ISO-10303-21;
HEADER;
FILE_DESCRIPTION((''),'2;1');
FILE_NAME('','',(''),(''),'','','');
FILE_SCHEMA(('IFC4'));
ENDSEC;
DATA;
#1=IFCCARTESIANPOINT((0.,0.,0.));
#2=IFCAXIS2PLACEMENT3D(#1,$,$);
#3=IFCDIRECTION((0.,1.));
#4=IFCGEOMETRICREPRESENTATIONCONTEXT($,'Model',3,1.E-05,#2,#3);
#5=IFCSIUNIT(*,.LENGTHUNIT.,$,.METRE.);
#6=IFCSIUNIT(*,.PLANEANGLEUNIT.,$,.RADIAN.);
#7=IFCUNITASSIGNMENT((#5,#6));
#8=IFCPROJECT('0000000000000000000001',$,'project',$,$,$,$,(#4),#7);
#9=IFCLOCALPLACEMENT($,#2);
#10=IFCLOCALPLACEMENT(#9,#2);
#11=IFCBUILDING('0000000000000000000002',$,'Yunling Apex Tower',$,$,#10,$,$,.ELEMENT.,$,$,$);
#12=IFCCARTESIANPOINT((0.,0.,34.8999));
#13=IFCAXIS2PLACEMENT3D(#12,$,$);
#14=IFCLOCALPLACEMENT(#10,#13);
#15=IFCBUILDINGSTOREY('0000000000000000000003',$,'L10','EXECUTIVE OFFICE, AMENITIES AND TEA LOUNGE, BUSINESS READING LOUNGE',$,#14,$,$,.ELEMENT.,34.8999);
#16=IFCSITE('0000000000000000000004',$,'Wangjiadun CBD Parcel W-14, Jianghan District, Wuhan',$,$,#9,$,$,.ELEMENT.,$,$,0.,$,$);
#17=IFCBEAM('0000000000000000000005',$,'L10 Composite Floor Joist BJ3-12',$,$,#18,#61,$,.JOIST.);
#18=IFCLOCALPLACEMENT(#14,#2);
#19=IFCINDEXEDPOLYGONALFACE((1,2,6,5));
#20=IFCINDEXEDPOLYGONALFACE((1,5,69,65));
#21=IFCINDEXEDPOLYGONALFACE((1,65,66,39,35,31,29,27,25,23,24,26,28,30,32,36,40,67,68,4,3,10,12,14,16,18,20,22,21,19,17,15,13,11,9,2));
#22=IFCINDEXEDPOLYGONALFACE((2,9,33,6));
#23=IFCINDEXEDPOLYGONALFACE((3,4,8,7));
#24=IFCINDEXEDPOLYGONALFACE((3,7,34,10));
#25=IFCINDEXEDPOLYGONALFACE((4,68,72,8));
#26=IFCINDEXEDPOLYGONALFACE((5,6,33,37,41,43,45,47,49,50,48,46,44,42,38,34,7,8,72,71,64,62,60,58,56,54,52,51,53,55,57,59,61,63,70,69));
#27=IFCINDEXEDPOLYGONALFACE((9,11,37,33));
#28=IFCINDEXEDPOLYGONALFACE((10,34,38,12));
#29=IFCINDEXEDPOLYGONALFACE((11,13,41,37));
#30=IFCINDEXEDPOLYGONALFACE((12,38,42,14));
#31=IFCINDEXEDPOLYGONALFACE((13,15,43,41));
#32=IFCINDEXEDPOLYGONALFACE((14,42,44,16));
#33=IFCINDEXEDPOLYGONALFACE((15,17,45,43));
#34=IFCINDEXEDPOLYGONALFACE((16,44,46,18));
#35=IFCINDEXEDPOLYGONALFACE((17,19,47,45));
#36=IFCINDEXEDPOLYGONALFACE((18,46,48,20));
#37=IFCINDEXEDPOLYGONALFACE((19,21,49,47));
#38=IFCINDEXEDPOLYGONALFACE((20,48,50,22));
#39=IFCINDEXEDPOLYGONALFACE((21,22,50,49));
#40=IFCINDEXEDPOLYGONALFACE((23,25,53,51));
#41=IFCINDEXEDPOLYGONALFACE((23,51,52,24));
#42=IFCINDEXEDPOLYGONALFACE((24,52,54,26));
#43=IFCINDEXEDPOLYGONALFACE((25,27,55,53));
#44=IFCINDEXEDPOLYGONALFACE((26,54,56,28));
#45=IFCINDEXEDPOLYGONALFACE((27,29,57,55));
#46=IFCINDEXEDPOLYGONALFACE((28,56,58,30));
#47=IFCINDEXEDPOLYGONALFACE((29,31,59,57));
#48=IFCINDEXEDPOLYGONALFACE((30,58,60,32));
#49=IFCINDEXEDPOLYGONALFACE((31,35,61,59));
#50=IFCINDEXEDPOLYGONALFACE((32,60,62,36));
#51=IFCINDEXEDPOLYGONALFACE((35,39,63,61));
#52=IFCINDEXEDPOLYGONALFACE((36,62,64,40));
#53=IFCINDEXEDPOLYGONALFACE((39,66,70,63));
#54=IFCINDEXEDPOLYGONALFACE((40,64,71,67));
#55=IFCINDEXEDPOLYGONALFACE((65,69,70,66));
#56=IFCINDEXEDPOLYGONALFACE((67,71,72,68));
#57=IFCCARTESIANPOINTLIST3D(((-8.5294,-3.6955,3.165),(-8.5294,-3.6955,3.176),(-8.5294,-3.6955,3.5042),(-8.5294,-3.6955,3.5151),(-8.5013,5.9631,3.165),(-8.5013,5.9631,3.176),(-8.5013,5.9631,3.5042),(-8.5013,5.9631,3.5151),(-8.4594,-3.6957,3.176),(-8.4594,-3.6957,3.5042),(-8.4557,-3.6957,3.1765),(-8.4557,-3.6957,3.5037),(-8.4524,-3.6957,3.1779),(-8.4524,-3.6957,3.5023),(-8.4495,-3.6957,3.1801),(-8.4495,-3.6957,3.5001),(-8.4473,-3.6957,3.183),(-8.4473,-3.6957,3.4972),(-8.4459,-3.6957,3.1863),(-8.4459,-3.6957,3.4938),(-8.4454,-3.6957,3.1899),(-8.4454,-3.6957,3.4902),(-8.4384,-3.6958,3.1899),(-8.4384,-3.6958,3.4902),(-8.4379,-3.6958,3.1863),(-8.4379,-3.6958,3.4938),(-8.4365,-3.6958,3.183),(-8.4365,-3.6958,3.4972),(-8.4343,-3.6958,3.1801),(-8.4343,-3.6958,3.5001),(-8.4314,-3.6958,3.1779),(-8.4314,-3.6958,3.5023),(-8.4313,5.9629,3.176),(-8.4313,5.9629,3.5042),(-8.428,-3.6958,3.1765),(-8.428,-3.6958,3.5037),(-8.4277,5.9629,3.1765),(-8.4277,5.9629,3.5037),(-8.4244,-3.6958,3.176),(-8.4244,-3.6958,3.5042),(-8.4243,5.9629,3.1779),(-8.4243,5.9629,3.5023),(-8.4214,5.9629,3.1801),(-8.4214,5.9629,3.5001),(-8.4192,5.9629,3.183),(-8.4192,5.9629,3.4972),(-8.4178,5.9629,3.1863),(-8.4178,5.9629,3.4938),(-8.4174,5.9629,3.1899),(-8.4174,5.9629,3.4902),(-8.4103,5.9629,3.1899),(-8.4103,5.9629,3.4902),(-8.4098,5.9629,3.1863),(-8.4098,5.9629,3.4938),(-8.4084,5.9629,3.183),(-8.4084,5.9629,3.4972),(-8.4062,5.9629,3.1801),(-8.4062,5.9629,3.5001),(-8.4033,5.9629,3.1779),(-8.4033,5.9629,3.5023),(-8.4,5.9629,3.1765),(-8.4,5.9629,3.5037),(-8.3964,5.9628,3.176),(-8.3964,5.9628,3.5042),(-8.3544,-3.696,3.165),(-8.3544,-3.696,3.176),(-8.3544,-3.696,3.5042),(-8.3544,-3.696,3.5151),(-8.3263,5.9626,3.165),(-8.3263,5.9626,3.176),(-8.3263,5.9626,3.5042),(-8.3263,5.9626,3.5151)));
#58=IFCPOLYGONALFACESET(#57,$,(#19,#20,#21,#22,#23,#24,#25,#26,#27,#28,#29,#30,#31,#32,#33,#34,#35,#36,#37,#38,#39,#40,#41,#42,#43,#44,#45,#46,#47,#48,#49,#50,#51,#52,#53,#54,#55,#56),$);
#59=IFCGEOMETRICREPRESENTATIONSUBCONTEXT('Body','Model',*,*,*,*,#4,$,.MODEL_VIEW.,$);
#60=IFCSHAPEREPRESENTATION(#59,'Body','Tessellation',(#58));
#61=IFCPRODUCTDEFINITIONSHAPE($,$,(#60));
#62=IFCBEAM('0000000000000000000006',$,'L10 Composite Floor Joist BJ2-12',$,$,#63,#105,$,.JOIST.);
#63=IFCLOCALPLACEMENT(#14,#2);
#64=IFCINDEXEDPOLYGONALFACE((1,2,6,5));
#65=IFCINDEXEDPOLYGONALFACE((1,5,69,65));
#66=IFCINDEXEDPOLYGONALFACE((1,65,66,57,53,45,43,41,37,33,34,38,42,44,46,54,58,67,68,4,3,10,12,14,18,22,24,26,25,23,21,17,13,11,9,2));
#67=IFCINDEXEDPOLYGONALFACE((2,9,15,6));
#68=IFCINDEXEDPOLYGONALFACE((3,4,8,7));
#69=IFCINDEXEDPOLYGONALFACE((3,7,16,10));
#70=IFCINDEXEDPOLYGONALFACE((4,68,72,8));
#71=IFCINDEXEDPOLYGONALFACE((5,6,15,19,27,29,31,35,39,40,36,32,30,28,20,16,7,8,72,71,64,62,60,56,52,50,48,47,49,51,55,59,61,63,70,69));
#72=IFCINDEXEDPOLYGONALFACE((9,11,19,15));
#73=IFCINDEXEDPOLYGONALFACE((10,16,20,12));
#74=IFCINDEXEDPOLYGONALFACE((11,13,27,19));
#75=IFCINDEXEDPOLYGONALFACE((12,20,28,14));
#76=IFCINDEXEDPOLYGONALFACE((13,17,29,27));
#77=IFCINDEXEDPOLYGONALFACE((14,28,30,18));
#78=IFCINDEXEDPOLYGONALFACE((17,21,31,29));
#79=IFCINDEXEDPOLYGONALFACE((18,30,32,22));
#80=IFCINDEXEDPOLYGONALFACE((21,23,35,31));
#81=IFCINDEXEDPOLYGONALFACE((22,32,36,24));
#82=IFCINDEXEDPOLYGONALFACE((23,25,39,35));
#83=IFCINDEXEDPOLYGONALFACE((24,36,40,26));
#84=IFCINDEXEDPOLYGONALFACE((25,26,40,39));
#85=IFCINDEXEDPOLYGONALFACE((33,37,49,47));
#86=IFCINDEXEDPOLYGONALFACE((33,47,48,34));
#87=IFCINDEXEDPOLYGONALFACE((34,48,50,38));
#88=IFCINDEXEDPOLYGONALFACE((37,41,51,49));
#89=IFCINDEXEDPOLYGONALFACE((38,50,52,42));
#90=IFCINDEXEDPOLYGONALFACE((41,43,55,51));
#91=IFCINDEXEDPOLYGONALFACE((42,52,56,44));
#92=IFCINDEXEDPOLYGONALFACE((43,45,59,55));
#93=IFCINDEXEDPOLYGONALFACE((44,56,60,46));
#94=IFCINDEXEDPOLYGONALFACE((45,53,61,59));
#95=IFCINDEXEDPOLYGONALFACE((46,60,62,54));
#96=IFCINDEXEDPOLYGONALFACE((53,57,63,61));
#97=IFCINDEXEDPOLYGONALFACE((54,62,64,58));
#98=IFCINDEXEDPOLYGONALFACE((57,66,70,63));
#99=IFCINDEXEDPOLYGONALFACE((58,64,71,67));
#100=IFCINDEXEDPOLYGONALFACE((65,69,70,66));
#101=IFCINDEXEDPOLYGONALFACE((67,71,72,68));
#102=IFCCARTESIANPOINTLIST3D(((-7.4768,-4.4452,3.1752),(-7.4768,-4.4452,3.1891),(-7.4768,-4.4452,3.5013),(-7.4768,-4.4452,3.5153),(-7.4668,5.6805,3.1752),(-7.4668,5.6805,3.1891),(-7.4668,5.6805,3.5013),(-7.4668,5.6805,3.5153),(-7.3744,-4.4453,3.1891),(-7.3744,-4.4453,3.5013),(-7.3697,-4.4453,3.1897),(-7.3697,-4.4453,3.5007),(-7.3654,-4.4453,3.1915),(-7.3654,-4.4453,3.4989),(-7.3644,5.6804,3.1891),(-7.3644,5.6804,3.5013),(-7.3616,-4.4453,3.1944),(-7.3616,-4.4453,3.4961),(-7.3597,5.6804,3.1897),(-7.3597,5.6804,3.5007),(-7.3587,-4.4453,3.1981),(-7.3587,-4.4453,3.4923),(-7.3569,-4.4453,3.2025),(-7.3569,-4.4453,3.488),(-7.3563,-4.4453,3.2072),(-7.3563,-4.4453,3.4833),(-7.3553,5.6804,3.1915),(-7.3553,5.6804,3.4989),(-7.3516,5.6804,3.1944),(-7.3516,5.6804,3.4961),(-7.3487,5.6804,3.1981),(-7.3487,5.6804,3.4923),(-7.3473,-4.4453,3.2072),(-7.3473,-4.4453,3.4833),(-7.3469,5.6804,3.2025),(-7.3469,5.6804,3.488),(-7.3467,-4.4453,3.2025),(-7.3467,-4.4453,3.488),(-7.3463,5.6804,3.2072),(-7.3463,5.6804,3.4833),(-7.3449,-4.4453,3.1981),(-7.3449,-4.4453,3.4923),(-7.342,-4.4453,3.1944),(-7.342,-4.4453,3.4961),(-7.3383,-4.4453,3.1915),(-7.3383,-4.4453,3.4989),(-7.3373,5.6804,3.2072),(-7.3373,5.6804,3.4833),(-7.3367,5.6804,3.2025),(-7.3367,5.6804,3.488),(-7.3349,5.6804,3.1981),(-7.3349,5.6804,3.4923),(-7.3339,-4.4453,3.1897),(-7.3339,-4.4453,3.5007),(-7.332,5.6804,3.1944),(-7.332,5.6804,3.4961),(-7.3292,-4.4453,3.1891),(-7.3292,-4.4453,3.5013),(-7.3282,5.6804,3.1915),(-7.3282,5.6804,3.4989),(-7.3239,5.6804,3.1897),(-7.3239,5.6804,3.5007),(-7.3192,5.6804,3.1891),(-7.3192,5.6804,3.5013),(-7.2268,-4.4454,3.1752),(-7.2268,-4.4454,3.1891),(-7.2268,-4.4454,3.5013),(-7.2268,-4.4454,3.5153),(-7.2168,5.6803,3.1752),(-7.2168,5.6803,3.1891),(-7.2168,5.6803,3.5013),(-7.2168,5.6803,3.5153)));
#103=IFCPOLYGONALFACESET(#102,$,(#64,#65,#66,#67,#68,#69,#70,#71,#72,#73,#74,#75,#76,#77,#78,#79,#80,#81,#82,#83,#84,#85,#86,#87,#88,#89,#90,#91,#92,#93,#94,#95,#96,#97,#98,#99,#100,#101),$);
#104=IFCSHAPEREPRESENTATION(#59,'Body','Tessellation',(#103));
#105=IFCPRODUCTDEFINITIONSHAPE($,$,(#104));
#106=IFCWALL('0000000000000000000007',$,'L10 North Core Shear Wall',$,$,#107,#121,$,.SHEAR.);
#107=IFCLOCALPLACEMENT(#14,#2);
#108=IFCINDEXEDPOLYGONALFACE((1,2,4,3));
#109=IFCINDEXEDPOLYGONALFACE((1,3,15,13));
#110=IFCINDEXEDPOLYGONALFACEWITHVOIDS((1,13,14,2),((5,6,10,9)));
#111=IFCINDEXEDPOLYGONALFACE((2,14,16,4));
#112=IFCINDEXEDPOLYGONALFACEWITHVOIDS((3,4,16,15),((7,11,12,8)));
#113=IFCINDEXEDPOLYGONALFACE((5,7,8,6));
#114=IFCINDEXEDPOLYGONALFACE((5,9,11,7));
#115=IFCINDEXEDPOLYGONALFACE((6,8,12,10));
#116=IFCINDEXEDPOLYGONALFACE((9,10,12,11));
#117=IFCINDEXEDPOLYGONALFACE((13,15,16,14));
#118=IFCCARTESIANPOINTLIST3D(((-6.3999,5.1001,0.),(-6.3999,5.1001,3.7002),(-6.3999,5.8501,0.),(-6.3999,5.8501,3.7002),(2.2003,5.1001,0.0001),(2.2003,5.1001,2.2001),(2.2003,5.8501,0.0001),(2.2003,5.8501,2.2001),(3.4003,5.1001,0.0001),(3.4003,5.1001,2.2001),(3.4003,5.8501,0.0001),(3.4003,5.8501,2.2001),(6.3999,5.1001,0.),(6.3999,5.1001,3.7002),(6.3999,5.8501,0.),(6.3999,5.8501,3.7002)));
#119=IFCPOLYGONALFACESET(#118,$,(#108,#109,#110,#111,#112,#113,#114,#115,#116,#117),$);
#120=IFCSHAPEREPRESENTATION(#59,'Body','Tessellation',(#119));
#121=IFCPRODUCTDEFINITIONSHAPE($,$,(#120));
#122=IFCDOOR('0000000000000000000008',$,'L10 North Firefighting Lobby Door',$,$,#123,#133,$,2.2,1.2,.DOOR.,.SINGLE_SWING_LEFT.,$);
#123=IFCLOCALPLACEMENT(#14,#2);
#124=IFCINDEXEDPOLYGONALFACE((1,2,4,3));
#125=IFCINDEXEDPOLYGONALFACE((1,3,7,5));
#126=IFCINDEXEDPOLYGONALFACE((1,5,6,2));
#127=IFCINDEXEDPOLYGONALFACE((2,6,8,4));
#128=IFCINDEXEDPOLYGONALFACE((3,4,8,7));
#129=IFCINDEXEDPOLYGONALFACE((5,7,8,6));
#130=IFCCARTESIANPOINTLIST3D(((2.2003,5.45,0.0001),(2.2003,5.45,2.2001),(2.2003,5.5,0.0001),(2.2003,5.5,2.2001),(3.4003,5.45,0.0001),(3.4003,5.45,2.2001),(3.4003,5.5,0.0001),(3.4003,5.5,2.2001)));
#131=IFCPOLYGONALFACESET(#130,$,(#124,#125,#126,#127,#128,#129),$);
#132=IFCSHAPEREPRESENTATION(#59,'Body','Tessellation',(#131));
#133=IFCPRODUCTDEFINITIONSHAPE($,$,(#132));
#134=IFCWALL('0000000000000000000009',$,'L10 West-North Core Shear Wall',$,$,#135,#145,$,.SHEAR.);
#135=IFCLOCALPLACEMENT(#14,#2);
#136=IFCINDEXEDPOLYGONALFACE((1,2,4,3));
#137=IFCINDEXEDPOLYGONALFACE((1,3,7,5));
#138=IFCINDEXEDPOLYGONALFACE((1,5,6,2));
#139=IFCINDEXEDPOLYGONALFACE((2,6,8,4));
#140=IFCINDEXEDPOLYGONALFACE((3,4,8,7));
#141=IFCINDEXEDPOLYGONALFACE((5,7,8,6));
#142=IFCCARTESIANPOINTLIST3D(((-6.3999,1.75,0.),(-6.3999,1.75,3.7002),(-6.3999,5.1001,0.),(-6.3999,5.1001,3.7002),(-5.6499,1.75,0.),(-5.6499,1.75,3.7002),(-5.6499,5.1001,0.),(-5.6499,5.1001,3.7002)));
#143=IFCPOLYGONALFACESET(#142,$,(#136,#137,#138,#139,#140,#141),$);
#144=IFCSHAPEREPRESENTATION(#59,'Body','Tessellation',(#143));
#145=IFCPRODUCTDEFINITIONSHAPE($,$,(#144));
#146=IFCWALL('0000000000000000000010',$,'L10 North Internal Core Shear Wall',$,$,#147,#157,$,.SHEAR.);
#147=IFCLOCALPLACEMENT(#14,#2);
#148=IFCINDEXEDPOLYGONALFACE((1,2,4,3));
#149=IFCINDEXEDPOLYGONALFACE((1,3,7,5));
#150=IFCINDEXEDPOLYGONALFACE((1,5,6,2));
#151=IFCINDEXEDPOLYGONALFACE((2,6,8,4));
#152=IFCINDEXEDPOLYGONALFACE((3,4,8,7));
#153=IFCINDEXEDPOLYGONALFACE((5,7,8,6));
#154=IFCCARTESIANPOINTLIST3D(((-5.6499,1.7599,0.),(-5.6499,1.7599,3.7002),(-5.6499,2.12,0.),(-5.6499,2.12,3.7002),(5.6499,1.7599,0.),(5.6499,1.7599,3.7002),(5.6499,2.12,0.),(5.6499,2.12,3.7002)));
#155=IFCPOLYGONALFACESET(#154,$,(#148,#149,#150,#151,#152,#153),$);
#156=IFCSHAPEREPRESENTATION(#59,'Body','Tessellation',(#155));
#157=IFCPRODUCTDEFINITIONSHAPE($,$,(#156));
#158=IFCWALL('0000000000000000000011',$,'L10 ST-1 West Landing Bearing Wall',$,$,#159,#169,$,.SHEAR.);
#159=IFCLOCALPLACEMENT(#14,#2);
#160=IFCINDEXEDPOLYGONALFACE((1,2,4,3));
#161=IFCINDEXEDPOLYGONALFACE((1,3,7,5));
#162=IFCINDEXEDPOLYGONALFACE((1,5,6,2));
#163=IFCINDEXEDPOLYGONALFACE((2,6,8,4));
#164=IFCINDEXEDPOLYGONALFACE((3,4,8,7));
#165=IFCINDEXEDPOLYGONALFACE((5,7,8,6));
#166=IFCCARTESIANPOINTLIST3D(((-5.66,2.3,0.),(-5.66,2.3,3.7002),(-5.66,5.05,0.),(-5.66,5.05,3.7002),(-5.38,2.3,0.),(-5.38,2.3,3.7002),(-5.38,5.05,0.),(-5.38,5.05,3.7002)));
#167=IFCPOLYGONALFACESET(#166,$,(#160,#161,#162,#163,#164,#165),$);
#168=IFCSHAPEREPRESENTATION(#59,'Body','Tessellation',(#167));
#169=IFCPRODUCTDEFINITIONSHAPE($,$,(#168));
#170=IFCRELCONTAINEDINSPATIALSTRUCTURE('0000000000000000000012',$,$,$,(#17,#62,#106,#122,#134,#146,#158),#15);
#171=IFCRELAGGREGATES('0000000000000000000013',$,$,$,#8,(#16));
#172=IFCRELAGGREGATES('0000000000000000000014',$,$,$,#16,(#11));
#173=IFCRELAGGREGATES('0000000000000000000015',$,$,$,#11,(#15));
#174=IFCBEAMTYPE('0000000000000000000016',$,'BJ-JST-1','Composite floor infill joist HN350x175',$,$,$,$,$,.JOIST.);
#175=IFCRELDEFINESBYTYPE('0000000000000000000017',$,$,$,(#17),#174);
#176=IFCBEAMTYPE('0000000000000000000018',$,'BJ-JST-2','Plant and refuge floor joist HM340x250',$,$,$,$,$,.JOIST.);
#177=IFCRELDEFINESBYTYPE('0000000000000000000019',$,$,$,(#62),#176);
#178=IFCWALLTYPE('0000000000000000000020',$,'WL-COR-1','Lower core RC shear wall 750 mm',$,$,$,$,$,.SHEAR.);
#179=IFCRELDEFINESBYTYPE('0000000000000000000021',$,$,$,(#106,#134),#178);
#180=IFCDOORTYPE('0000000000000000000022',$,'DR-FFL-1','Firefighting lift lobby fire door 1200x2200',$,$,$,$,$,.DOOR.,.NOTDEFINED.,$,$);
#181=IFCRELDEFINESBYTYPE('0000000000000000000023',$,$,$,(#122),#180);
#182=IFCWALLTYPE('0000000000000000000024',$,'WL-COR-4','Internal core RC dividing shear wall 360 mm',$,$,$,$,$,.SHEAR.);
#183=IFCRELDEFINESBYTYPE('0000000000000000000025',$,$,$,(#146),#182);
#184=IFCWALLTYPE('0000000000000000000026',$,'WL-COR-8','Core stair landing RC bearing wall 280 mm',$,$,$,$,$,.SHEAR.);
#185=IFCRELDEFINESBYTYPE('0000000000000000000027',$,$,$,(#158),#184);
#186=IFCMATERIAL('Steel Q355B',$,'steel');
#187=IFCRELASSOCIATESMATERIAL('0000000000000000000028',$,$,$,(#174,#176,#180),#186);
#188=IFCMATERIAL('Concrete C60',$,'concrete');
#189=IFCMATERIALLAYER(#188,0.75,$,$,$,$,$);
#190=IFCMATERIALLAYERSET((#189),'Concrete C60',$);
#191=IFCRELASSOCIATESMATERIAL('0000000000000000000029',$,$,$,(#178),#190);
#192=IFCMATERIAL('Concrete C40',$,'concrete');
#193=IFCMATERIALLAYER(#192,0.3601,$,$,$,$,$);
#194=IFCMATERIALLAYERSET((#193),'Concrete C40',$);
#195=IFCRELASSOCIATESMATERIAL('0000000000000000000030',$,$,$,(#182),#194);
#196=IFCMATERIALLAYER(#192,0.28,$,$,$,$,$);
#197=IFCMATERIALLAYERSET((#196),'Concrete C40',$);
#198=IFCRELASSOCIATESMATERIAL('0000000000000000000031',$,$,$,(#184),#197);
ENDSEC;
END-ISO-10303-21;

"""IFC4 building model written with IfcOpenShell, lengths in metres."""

from ifc_helpers import new_model, si_unit, direction, frame, frame_2d, origin, origin_2d, place, context, subcontext, project, spatial, rectangle, i_section, extrude, source, transform, mapped, material, layer, layer_set, material_profile, profile_set, type_object, element, fill, save


model = new_model("IFC4")

# Units and contexts
model_context = context("Model", 3, precision=1e-05, world=origin(), true_north=direction((0.0, 1.0)))
body_context = subcontext(model_context, "Body", "Model", "MODEL_VIEW")
ifc_project = project(units=[si_unit("LENGTHUNIT", "METRE"), si_unit("PLANEANGLEUNIT", "RADIAN")], contexts=[model_context])

# Site, building, storey
site_placement = place(None, origin())
site = spatial("IfcSite", under=ifc_project, at=site_placement, Name="Wangjiadun CBD Parcel W-14, Jianghan District, Wuhan", CompositionType="ELEMENT", RefElevation=0.0)
building_placement = place(site_placement, origin())
building = spatial("IfcBuilding", under=site, at=building_placement, Name="Yunling Apex Tower", CompositionType="ELEMENT")
storey_placement = place(building_placement, frame((0.0, 0.0, 34.8999)))
storey = spatial("IfcBuildingStorey", under=building, at=storey_placement, Name="L10", Description="EXECUTIVE OFFICE, AMENITIES AND TEA LOUNGE, BUSINESS READING LOUNGE", CompositionType="ELEMENT", Elevation=34.8999)

# Shared definitions
ifc_material_1 = material(Name="Concrete C60", Category="concrete")

# Beams
ifc_material_2 = material(Name="Steel Q355B", Category="steel")
ifc_material_profile_1 = material_profile(ifc_material_2, i_section(OverallWidth=0.175, OverallDepth=0.3501, WebThickness=0.0071, FlangeThickness=0.011, FilletRadius=0.0139, at=origin_2d()))
ifc_profile_set_1 = profile_set([ifc_material_profile_1], Name="Steel Q355B")
beam_type_1 = type_object("IfcBeamType", Name="BJ-JST-1", Description="Composite floor infill joist HN350x175", PredefinedType="JOIST", material=ifc_profile_set_1)
shared_shape_1 = source(origin(), body_context, "Body", "SweptSolid", [
    extrude(i_section(OverallWidth=0.175, OverallDepth=0.3501, WebThickness=0.0071, FlangeThickness=0.011, FilletRadius=0.0139, at=origin_2d()), origin(), (0.0, 0.0, 1.0), 9.6587),
])
beam_1_placement = place(storey_placement, frame((-8.4138, 5.9629, 3.3401), z_axis=(-0.002907, -0.999996, 0.0), x_axis=(0.999996, -0.002907, 0.0)))
element("IfcBeam", 1, at=beam_1_placement, inside=storey, type_object=beam_type_1, Name="L10 Composite Floor Joist BJ3-12", PredefinedType="JOIST", context=body_context, shape_type="MappedRepresentation", body=[
    mapped(shared_shape_1, transform((0.0, 0.0, 0.0), scale=1.0)),
])
ifc_material_profile_2 = material_profile(ifc_material_2, i_section(OverallWidth=0.25, OverallDepth=0.3401, WebThickness=0.009, FlangeThickness=0.0139, FilletRadius=0.0181, at=origin_2d()))
ifc_profile_set_2 = profile_set([ifc_material_profile_2], Name="Steel Q355B")
beam_type_2 = type_object("IfcBeamType", Name="BJ-JST-2", Description="Plant and refuge floor joist HM340x250", PredefinedType="JOIST", material=ifc_profile_set_2)
shared_shape_2 = source(origin(), body_context, "Body", "SweptSolid", [
    extrude(i_section(OverallWidth=0.25, OverallDepth=0.3401, WebThickness=0.009, FlangeThickness=0.0139, FilletRadius=0.0181, at=origin_2d()), origin(), (0.0, 0.0, 1.0), 10.1257),
])
beam_2_placement = place(storey_placement, frame((-7.3418, 5.6804, 3.3452), z_axis=(-0.000989, -1.0, 0.0), x_axis=(1.0, -0.000989, 0.0)))
element("IfcBeam", 2, at=beam_2_placement, inside=storey, type_object=beam_type_2, Name="L10 Composite Floor Joist BJ2-12", PredefinedType="JOIST", context=body_context, shape_type="MappedRepresentation", body=[
    mapped(shared_shape_2, transform((0.0, 0.0, 0.0), scale=1.0)),
])

# Wall, opening, door
ifc_layer_1 = layer(ifc_material_1, 0.75)
ifc_layer_set_1 = layer_set([ifc_layer_1], Name="Concrete C60")
wall_type_1 = type_object("IfcWallType", Name="WL-COR-1", Description="Lower core RC shear wall 750 mm", PredefinedType="SHEAR", material=ifc_layer_set_1)
wall_1_placement = place(storey_placement, frame((-6.3999, 5.4751, 0.0), z_axis=(0.0, 0.0, 1.0), x_axis=(1.0, 0.0, 0.0)))
wall_1 = element("IfcWall", 3, at=wall_1_placement, inside=storey, type_object=wall_type_1, Name="L10 North Core Shear Wall", PredefinedType="SHEAR", context=body_context, shape_type="SweptSolid", body=[
    extrude(rectangle(XDim=12.7998, YDim=0.75, at=frame_2d((6.3999, 0.0))), origin(), (0.0, 0.0, 1.0), 3.7002),
])
opening_1_placement = place(wall_1_placement, frame((8.6001, 0.0, 0.0)))
opening_1 = element("IfcOpeningElement", 4, at=opening_1_placement, cuts=wall_1, PredefinedType="OPENING", context=body_context, shape_type="SweptSolid", body=[
    extrude(rectangle(XDim=1.2, YDim=2.2, at=frame_2d((0.6001, 1.1001))), frame((0.0, 0.385, 0.0), z_axis=(0.0, -1.0, 0.0), x_axis=(1.0, 0.0, 0.0)), (0.0, 0.0, 1.0), 0.77),
])
door_type_1 = type_object("IfcDoorType", Name="DR-FFL-1", Description="Firefighting lift lobby fire door 1200x2200", OperationType="NOTDEFINED", PredefinedType="DOOR", material=ifc_material_2)
door_1_placement = place(opening_1_placement, origin())
door_1 = element("IfcDoor", 5, at=door_1_placement, inside=storey, type_object=door_type_1, Name="L10 North Firefighting Lobby Door", OperationType="SINGLE_SWING_LEFT", OverallHeight=2.2, OverallWidth=1.2, PredefinedType="DOOR", context=body_context, shape_type="SweptSolid", body=[
    extrude(rectangle(XDim=1.2, YDim=2.2, at=frame_2d((0.6001, 1.1001))), frame((0.0, 0.0249, 0.0), z_axis=(0.0, -1.0, 0.0), x_axis=(1.0, 0.0, 0.0)), (0.0, 0.0, 1.0), 0.05),
])
fill(opening_1, door_1)

# Walls
wall_2_placement = place(storey_placement, frame((-6.0249, 1.75, 0.0), z_axis=(0.0, 0.0, 1.0), x_axis=(0.0, 1.0, 0.0)))
element("IfcWall", 6, at=wall_2_placement, inside=storey, type_object=wall_type_1, Name="L10 West-North Core Shear Wall", PredefinedType="SHEAR", context=body_context, shape_type="SweptSolid", body=[
    extrude(rectangle(XDim=3.3501, YDim=0.75, at=frame_2d((1.675, 0.0))), origin(), (0.0, 0.0, 1.0), 3.7002),
])
ifc_material_3 = material(Name="Concrete C40", Category="concrete")
ifc_layer_2 = layer(ifc_material_3, 0.3601)
ifc_layer_set_2 = layer_set([ifc_layer_2], Name="Concrete C40")
wall_type_2 = type_object("IfcWallType", Name="WL-COR-4", Description="Internal core RC dividing shear wall 360 mm", PredefinedType="SHEAR", material=ifc_layer_set_2)
wall_3_placement = place(storey_placement, frame((-5.6499, 1.9399, 0.0), z_axis=(0.0, 0.0, 1.0), x_axis=(1.0, 0.0, 0.0)))
element("IfcWall", 7, at=wall_3_placement, inside=storey, type_object=wall_type_2, Name="L10 North Internal Core Shear Wall", PredefinedType="SHEAR", context=body_context, shape_type="SweptSolid", body=[
    extrude(rectangle(XDim=11.2998, YDim=0.3601, at=frame_2d((5.6499, 0.0))), origin(), (0.0, 0.0, 1.0), 3.7002),
])
ifc_layer_3 = layer(ifc_material_3, 0.28)
ifc_layer_set_3 = layer_set([ifc_layer_3], Name="Concrete C40")
wall_type_3 = type_object("IfcWallType", Name="WL-COR-8", Description="Core stair landing RC bearing wall 280 mm", PredefinedType="SHEAR", material=ifc_layer_set_3)
wall_4_placement = place(storey_placement, frame((-5.52, 2.3, 0.0), z_axis=(0.0, 0.0, 1.0), x_axis=(0.0, 1.0, 0.0)))
element("IfcWall", 8, at=wall_4_placement, inside=storey, type_object=wall_type_3, Name="L10 ST-1 West Landing Bearing Wall", PredefinedType="SHEAR", context=body_context, shape_type="SweptSolid", body=[
    extrude(rectangle(XDim=2.75, YDim=0.28, at=frame_2d((1.375, 0.0))), origin(), (0.0, 0.0, 1.0), 3.7002),
])

save(model, "model.ifc")
